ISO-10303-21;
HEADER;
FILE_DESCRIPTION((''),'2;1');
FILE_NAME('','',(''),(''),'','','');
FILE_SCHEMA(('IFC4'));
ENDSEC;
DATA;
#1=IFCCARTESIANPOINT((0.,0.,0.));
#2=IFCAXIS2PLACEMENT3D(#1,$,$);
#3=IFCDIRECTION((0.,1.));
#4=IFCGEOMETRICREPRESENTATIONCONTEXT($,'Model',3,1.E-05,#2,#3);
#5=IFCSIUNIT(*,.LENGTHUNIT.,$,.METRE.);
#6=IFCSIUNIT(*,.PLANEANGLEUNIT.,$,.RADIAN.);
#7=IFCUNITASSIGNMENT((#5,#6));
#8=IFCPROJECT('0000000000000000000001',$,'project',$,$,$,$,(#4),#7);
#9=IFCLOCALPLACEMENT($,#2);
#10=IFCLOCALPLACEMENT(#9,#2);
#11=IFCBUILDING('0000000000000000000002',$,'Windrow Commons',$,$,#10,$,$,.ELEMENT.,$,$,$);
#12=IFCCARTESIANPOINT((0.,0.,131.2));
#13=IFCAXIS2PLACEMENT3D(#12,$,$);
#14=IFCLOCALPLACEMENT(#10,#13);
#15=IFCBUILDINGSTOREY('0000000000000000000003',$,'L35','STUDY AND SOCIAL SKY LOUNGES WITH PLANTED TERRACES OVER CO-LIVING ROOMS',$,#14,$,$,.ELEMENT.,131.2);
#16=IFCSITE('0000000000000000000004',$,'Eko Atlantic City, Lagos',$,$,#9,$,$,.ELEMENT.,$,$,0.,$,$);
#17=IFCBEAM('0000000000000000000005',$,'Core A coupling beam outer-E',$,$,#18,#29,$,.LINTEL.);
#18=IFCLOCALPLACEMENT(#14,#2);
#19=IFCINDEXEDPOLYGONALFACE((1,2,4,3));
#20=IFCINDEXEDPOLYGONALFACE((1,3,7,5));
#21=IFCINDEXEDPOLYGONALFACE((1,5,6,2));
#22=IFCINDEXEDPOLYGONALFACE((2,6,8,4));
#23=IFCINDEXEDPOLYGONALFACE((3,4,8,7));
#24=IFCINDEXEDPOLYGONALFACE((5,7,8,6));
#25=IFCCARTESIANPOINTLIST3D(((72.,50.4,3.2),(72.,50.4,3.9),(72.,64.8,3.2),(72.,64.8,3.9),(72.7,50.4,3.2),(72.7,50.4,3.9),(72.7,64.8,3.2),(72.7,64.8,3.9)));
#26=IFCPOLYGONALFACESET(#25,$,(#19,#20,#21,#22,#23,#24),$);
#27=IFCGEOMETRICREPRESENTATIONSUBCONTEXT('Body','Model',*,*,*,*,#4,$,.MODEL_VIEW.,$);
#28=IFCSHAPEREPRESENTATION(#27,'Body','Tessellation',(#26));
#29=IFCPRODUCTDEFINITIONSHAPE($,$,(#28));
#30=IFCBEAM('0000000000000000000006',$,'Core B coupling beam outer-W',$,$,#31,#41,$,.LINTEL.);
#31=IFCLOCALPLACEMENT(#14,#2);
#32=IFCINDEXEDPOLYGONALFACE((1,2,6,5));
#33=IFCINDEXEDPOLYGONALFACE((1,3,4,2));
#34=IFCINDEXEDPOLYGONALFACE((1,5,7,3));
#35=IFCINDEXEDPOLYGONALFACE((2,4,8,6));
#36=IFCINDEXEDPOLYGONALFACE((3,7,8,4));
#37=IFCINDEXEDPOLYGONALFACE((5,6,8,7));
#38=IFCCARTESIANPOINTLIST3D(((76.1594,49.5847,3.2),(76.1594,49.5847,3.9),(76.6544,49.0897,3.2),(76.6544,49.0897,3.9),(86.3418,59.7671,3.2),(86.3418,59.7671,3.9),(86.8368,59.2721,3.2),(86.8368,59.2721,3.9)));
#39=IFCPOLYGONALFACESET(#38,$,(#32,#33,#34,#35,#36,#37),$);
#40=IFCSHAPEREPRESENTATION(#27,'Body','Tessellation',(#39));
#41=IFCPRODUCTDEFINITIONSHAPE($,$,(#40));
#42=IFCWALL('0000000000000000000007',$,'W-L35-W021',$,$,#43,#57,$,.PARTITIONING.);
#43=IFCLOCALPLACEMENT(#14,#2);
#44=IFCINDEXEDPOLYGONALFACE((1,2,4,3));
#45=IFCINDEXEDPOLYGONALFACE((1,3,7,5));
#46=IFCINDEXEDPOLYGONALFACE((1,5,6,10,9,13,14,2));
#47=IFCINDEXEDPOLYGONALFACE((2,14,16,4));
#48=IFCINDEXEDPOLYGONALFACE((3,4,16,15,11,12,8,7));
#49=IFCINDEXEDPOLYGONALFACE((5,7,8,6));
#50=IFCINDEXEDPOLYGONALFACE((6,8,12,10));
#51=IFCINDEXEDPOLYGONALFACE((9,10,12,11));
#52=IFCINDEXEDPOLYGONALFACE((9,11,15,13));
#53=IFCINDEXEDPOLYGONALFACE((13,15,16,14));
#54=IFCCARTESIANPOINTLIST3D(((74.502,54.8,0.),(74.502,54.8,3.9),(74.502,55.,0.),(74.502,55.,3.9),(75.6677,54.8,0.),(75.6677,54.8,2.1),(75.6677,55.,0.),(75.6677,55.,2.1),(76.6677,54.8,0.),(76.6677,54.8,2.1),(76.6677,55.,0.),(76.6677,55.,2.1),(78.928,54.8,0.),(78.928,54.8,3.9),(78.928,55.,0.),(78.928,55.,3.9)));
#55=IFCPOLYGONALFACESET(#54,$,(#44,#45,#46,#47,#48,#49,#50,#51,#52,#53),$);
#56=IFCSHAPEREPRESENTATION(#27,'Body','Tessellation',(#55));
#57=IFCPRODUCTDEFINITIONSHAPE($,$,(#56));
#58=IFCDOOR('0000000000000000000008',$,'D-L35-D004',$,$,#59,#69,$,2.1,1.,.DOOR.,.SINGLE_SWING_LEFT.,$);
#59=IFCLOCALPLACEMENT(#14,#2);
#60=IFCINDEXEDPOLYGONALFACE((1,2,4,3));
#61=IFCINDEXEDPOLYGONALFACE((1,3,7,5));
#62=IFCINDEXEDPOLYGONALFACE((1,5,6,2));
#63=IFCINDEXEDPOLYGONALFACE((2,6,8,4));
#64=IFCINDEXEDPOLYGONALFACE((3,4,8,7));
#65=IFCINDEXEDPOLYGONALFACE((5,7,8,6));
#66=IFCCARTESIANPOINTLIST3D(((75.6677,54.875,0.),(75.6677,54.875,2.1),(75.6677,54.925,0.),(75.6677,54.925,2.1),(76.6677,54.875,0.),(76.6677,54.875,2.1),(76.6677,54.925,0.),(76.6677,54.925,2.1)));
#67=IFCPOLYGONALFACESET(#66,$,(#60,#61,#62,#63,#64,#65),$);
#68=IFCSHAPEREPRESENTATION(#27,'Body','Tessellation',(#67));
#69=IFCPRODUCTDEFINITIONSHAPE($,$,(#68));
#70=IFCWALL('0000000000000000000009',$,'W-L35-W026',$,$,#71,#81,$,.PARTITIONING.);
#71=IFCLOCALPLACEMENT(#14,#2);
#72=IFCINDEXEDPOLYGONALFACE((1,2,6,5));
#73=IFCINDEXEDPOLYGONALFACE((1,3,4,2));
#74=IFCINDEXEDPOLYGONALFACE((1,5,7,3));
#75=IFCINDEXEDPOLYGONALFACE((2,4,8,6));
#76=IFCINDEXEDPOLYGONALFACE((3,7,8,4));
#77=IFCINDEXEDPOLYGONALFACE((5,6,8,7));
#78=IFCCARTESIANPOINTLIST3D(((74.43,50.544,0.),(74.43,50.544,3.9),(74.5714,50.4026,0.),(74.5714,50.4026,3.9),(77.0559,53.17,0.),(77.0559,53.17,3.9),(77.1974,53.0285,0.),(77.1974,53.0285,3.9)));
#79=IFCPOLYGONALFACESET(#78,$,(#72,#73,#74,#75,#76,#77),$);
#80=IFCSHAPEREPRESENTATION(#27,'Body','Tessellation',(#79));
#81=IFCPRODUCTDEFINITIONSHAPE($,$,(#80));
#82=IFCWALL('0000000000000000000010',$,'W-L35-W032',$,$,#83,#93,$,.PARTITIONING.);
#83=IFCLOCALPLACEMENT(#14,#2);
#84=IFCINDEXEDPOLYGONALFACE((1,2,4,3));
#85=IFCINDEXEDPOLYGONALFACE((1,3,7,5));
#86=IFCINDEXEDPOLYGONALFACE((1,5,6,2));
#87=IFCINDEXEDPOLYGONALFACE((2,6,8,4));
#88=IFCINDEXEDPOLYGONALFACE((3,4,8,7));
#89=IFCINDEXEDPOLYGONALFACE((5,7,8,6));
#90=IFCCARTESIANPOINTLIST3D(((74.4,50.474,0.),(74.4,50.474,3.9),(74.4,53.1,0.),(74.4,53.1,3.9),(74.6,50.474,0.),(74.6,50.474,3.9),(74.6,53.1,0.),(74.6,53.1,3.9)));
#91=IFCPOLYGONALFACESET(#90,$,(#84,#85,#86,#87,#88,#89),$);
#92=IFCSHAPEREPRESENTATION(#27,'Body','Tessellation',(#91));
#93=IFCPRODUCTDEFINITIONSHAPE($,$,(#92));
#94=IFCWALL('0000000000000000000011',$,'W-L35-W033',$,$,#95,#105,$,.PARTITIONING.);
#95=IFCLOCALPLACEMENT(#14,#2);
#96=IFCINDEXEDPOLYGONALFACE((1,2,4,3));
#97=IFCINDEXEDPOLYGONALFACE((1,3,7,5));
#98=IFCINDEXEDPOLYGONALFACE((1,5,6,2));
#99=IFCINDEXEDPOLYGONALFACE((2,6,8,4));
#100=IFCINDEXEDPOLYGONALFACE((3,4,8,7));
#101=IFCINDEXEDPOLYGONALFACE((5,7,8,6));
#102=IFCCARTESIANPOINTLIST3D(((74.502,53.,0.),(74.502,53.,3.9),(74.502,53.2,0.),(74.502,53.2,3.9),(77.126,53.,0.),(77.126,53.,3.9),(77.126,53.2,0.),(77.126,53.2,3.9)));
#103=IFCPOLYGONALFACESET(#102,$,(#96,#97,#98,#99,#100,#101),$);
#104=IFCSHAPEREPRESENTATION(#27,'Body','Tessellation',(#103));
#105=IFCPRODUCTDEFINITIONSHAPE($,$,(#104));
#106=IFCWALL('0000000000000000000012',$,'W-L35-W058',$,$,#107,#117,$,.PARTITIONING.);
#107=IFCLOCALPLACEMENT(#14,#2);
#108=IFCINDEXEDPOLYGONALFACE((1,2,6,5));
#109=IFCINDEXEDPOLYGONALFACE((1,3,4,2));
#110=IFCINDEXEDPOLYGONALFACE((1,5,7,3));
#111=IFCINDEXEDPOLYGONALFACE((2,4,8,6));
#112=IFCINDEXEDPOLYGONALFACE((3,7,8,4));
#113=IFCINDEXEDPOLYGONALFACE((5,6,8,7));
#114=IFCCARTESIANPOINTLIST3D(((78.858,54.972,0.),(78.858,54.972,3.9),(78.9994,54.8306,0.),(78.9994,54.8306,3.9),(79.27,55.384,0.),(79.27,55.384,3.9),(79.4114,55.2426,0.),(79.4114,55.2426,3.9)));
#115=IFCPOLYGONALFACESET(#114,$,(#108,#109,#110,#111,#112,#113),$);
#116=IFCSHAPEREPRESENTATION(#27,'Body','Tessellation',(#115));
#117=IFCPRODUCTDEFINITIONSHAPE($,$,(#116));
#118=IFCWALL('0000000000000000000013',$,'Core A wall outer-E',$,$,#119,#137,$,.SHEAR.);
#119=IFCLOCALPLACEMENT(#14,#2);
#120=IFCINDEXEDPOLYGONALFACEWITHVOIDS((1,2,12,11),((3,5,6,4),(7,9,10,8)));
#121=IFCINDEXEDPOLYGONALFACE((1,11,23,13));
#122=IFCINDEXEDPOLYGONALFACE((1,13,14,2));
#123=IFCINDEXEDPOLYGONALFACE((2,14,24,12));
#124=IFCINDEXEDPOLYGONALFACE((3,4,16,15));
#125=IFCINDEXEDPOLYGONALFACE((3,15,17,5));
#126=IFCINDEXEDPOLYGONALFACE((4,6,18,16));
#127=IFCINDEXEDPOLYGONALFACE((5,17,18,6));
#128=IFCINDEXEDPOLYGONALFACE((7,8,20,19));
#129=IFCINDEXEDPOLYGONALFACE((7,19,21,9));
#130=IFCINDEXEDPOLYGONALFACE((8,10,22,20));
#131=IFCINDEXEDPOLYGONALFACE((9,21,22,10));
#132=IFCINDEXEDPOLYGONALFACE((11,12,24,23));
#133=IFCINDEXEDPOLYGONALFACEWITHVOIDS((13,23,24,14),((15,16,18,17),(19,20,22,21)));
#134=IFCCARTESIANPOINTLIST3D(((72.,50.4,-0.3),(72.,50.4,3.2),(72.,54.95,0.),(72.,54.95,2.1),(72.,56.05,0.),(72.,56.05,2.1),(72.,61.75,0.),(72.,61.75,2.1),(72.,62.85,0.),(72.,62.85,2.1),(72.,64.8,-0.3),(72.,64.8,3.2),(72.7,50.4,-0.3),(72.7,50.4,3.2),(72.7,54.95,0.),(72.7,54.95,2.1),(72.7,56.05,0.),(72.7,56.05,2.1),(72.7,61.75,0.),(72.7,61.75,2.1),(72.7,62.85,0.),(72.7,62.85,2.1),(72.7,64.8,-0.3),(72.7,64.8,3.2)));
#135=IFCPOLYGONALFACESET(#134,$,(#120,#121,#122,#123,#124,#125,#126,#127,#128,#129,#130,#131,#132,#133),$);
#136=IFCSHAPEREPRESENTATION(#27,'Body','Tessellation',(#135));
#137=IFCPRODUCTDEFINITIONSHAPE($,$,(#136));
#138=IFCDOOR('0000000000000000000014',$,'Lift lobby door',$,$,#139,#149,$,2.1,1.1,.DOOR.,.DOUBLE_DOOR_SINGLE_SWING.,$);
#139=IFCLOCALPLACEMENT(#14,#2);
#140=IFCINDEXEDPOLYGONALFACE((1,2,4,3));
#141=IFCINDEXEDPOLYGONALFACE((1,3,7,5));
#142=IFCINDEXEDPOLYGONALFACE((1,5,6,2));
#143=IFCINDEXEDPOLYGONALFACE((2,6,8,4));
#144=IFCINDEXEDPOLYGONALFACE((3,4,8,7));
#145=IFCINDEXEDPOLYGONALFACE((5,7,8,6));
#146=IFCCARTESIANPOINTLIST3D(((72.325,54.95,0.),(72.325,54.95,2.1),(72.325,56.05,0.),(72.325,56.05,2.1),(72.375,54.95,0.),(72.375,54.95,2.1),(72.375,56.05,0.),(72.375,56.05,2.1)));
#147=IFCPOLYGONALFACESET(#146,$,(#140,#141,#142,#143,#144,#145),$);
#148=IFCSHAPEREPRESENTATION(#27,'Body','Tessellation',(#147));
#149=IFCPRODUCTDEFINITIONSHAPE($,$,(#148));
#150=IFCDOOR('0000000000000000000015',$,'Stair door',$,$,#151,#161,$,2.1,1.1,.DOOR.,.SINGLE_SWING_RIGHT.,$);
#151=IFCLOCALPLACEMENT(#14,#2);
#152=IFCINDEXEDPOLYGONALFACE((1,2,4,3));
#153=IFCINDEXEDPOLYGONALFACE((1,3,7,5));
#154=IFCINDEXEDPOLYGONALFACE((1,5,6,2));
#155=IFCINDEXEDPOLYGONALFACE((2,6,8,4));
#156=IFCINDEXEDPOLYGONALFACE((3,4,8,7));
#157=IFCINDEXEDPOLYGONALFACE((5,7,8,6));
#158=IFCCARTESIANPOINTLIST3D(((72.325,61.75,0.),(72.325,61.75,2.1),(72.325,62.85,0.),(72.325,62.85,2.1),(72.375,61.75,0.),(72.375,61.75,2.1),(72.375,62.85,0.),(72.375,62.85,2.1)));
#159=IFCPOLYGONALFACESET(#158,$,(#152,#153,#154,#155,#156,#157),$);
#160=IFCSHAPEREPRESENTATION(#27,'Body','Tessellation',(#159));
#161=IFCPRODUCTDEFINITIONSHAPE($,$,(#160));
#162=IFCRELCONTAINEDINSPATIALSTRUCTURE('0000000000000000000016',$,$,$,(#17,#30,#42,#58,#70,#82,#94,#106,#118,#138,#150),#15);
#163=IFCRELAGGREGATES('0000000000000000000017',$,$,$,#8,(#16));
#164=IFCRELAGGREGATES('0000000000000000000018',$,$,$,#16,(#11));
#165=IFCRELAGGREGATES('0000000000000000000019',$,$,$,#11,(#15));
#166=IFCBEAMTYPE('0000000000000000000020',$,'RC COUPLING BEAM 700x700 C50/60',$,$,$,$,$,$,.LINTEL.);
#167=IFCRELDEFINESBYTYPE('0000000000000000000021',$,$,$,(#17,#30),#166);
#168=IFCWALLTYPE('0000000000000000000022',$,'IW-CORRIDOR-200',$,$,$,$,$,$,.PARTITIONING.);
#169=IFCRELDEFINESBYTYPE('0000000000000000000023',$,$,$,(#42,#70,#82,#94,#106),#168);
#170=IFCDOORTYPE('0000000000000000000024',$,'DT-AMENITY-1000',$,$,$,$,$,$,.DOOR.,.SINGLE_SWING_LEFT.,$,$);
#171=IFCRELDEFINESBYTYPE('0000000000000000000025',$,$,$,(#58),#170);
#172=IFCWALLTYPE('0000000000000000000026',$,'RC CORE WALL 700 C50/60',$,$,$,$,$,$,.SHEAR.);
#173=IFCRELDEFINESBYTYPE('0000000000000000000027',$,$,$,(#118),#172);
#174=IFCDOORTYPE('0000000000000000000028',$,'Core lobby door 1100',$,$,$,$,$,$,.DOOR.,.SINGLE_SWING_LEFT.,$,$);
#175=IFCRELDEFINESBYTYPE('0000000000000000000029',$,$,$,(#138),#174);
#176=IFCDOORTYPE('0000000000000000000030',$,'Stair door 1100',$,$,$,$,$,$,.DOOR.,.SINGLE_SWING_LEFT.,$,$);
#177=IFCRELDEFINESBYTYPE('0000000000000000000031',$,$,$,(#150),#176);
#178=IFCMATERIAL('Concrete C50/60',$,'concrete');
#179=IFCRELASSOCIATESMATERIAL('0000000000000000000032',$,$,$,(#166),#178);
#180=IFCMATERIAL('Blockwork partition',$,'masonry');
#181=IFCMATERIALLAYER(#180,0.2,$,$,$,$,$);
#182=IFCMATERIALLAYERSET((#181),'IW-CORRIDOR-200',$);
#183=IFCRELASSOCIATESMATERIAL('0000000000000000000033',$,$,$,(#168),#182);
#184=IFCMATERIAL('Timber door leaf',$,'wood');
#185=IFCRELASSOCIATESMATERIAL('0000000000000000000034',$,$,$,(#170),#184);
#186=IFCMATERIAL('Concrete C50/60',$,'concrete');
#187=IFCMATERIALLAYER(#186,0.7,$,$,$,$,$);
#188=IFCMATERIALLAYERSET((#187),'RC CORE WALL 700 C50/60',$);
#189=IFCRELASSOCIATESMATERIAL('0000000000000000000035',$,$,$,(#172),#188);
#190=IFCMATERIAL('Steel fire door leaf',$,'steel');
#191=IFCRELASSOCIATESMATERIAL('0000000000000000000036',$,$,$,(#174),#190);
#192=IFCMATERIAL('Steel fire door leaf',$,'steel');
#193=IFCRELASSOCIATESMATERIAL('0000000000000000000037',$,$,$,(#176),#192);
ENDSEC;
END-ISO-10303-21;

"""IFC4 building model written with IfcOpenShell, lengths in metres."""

from ifc_helpers import new_model, si_unit, direction, frame, frame_2d, origin, origin_2d, place, context, subcontext, project, spatial, rectangle, extrude, material, layer, layer_set, material_profile, profile_set, type_object, element, fill, save


model = new_model("IFC4")

# Units and contexts
model_context = context("Model", 3, precision=1e-05, world=origin(), true_north=direction((0.0, 1.0)))
body_context = subcontext(model_context, "Body", "Model", "MODEL_VIEW")
ifc_project = project(units=[si_unit("LENGTHUNIT", "METRE"), si_unit("PLANEANGLEUNIT", "RADIAN")], contexts=[model_context])

# Site, building, storey
site_placement = place(None, origin())
site = spatial("IfcSite", under=ifc_project, at=site_placement, Name="Eko Atlantic City, Lagos", CompositionType="ELEMENT", RefElevation=0.0)
building_placement = place(site_placement, origin())
building = spatial("IfcBuilding", under=site, at=building_placement, Name="Windrow Commons", CompositionType="ELEMENT")
storey_placement = place(building_placement, frame((0.0, 0.0, 131.2)))
storey = spatial("IfcBuildingStorey", under=building, at=storey_placement, Name="L35", Description="STUDY AND SOCIAL SKY LOUNGES WITH PLANTED TERRACES OVER CO-LIVING ROOMS", CompositionType="ELEMENT", Elevation=131.2)

# Beams
ifc_material_1 = material(Name="Concrete C50/60", Category="concrete")
ifc_material_profile = material_profile(ifc_material_1, rectangle(XDim=0.7, YDim=0.7, at=origin_2d()))
ifc_profile_set = profile_set([ifc_material_profile], Name="Concrete C50/60")
beam_type = type_object("IfcBeamType", Name="RC COUPLING BEAM 700x700 C50/60", PredefinedType="LINTEL", material=ifc_profile_set)
beam_1_placement = place(storey_placement, frame((72.35, 50.4, 3.55), z_axis=(0.0, 1.0, 0.0), x_axis=(-1.0, 0.0, 0.0)))
element("IfcBeam", 1, at=beam_1_placement, inside=storey, type_object=beam_type, Name="Core A coupling beam outer-E", PredefinedType="LINTEL", context=body_context, shape_type="SweptSolid", body=[
    extrude(rectangle(XDim=0.7, YDim=0.7, at=origin_2d()), origin(), (0.0, 0.0, 1.0), 14.4),
])
beam_2_placement = place(storey_placement, frame((76.4069, 49.3372, 3.55), z_axis=(0.707107, 0.707107, 0.0), x_axis=(-0.707107, 0.707107, 0.0)))
element("IfcBeam", 2, at=beam_2_placement, inside=storey, type_object=beam_type, Name="Core B coupling beam outer-W", PredefinedType="LINTEL", context=body_context, shape_type="SweptSolid", body=[
    extrude(rectangle(XDim=0.7, YDim=0.7, at=origin_2d()), origin(), (0.0, 0.0, 1.0), 14.4001),
])

# Wall, opening, door
ifc_material_2 = material(Name="Blockwork partition", Category="masonry")
ifc_layer_1 = layer(ifc_material_2, 0.2)
ifc_layer_set_1 = layer_set([ifc_layer_1], Name="IW-CORRIDOR-200")
wall_type_1 = type_object("IfcWallType", Name="IW-CORRIDOR-200", PredefinedType="PARTITIONING", material=ifc_layer_set_1)
wall_1_placement = place(storey_placement, frame((74.502, 54.9, 0.0), z_axis=(0.0, 0.0, 1.0), x_axis=(1.0, 0.0, 0.0)))
wall_1 = element("IfcWall", 3, at=wall_1_placement, inside=storey, type_object=wall_type_1, Name="W-L35-W021", PredefinedType="PARTITIONING", context=body_context, shape_type="SweptSolid", body=[
    extrude(rectangle(XDim=4.426, YDim=0.2, at=frame_2d((2.213, 0.0))), origin(), (0.0, 0.0, 1.0), 3.9),
])
opening_1_placement = place(wall_1_placement, frame((1.1657, 0.0, 0.0)))
opening_1 = element("IfcOpeningElement", 4, at=opening_1_placement, cuts=wall_1, PredefinedType="OPENING", context=body_context, shape_type="SweptSolid", body=[
    extrude(rectangle(XDim=1.0, YDim=2.1, at=frame_2d((0.5, 1.05))), frame((0.0, 0.11, 0.0), z_axis=(0.0, -1.0, 0.0), x_axis=(1.0, 0.0, 0.0)), (0.0, 0.0, 1.0), 0.22),
])
ifc_material_3 = material(Name="Timber door leaf", Category="wood")
door_type_1 = type_object("IfcDoorType", Name="DT-AMENITY-1000", OperationType="SINGLE_SWING_LEFT", PredefinedType="DOOR", material=ifc_material_3)
door_1_placement = place(opening_1_placement, origin())
door_1 = element("IfcDoor", 5, at=door_1_placement, inside=storey, type_object=door_type_1, Name="D-L35-D004", OperationType="SINGLE_SWING_LEFT", OverallHeight=2.1, OverallWidth=1.0, PredefinedType="DOOR", context=body_context, shape_type="SweptSolid", body=[
    extrude(rectangle(XDim=1.0, YDim=2.1, at=frame_2d((0.5, 1.05))), frame((0.0, 0.025, 0.0), z_axis=(0.0, -1.0, 0.0), x_axis=(1.0, 0.0, 0.0)), (0.0, 0.0, 1.0), 0.05),
])
fill(opening_1, door_1)

# Walls
wall_2_placement = place(storey_placement, frame((74.5007, 50.4733, 0.0), z_axis=(0.0, 0.0, 1.0), x_axis=(0.707107, 0.707107, 0.0)))
element("IfcWall", 6, at=wall_2_placement, inside=storey, type_object=wall_type_1, Name="W-L35-W026", PredefinedType="PARTITIONING", context=body_context, shape_type="SweptSolid", body=[
    extrude(rectangle(XDim=3.7137, YDim=0.2, at=frame_2d((1.8568, 0.0))), origin(), (0.0, 0.0, 1.0), 3.9),
])
wall_3_placement = place(storey_placement, frame((74.5, 50.474, 0.0), z_axis=(0.0, 0.0, 1.0), x_axis=(0.0, 1.0, 0.0)))
element("IfcWall", 7, at=wall_3_placement, inside=storey, type_object=wall_type_1, Name="W-L35-W032", PredefinedType="PARTITIONING", context=body_context, shape_type="SweptSolid", body=[
    extrude(rectangle(XDim=2.626, YDim=0.2, at=frame_2d((1.313, 0.0))), origin(), (0.0, 0.0, 1.0), 3.9),
])
wall_4_placement = place(storey_placement, frame((74.502, 53.1, 0.0), z_axis=(0.0, 0.0, 1.0), x_axis=(1.0, 0.0, 0.0)))
element("IfcWall", 8, at=wall_4_placement, inside=storey, type_object=wall_type_1, Name="W-L35-W033", PredefinedType="PARTITIONING", context=body_context, shape_type="SweptSolid", body=[
    extrude(rectangle(XDim=2.624, YDim=0.2, at=frame_2d((1.312, 0.0))), origin(), (0.0, 0.0, 1.0), 3.9),
])
wall_5_placement = place(storey_placement, frame((78.9287, 54.9013, 0.0), z_axis=(0.0, 0.0, 1.0), x_axis=(0.707107, 0.707107, 0.0)))
element("IfcWall", 9, at=wall_5_placement, inside=storey, type_object=wall_type_1, Name="W-L35-W058", PredefinedType="PARTITIONING", context=body_context, shape_type="SweptSolid", body=[
    extrude(rectangle(XDim=0.5827, YDim=0.2, at=frame_2d((0.2913, 0.0))), origin(), (0.0, 0.0, 1.0), 3.9),
])

# Wall, openings, doors
ifc_material_4 = material(Name="Concrete C50/60", Category="concrete")
ifc_layer_2 = layer(ifc_material_4, 0.7)
ifc_layer_set_2 = layer_set([ifc_layer_2], Name="RC CORE WALL 700 C50/60")
wall_type_2 = type_object("IfcWallType", Name="RC CORE WALL 700 C50/60", PredefinedType="SHEAR", material=ifc_layer_set_2)
wall_6_placement = place(storey_placement, frame((72.35, 50.4, -0.3), z_axis=(0.0, 0.0, 1.0), x_axis=(0.0, 1.0, 0.0)))
wall_6 = element("IfcWall", 10, at=wall_6_placement, inside=storey, type_object=wall_type_2, Name="Core A wall outer-E", PredefinedType="SHEAR", context=body_context, shape_type="SweptSolid", body=[
    extrude(rectangle(XDim=14.4, YDim=0.7, at=frame_2d((7.2, 0.0))), origin(), (0.0, 0.0, 1.0), 3.5),
])
opening_2_placement = place(wall_6_placement, frame((4.55, 0.0, 0.3)))
opening_2 = element("IfcOpeningElement", 11, at=opening_2_placement, cuts=wall_6, PredefinedType="OPENING", context=body_context, shape_type="SweptSolid", body=[
    extrude(rectangle(XDim=1.1, YDim=2.1, at=frame_2d((0.55, 1.05))), frame((0.0, 0.36, 0.0), z_axis=(0.0, -1.0, 0.0), x_axis=(1.0, 0.0, 0.0)), (0.0, 0.0, 1.0), 0.72),
])
opening_3_placement = place(wall_6_placement, frame((11.35, 0.0, 0.3)))
opening_3 = element("IfcOpeningElement", 12, at=opening_3_placement, cuts=wall_6, PredefinedType="OPENING", context=body_context, shape_type="SweptSolid", body=[
    extrude(rectangle(XDim=1.1, YDim=2.1, at=frame_2d((0.55, 1.05))), frame((0.0, 0.36, 0.0), z_axis=(0.0, -1.0, 0.0), x_axis=(1.0, 0.0, 0.0)), (0.0, 0.0, 1.0), 0.72),
])
ifc_material_5 = material(Name="Steel fire door leaf", Category="steel")
door_type_2 = type_object("IfcDoorType", Name="Core lobby door 1100", OperationType="SINGLE_SWING_LEFT", PredefinedType="DOOR", material=ifc_material_5)
door_2_placement = place(opening_2_placement, origin())
door_2 = element("IfcDoor", 13, at=door_2_placement, inside=storey, type_object=door_type_2, Name="Lift lobby door", OperationType="DOUBLE_DOOR_SINGLE_SWING", OverallHeight=2.1, OverallWidth=1.1, PredefinedType="DOOR", context=body_context, shape_type="SweptSolid", body=[
    extrude(rectangle(XDim=1.1, YDim=2.1, at=frame_2d((0.55, 1.05))), frame((0.0, 0.025, 0.0), z_axis=(0.0, -1.0, 0.0), x_axis=(1.0, 0.0, 0.0)), (0.0, 0.0, 1.0), 0.05),
])
fill(opening_2, door_2)
ifc_material_6 = material(Name="Steel fire door leaf", Category="steel")
door_type_3 = type_object("IfcDoorType", Name="Stair door 1100", OperationType="SINGLE_SWING_LEFT", PredefinedType="DOOR", material=ifc_material_6)
door_3_placement = place(opening_3_placement, origin())
door_3 = element("IfcDoor", 14, at=door_3_placement, inside=storey, type_object=door_type_3, Name="Stair door", OperationType="SINGLE_SWING_RIGHT", OverallHeight=2.1, OverallWidth=1.1, PredefinedType="DOOR", context=body_context, shape_type="SweptSolid", body=[
    extrude(rectangle(XDim=1.1, YDim=2.1, at=frame_2d((0.55, 1.05))), frame((0.0, 0.025, 0.0), z_axis=(0.0, -1.0, 0.0), x_axis=(1.0, 0.0, 0.0)), (0.0, 0.0, 1.0), 0.05),
])
fill(opening_3, door_3)

save(model, "model.ifc")
